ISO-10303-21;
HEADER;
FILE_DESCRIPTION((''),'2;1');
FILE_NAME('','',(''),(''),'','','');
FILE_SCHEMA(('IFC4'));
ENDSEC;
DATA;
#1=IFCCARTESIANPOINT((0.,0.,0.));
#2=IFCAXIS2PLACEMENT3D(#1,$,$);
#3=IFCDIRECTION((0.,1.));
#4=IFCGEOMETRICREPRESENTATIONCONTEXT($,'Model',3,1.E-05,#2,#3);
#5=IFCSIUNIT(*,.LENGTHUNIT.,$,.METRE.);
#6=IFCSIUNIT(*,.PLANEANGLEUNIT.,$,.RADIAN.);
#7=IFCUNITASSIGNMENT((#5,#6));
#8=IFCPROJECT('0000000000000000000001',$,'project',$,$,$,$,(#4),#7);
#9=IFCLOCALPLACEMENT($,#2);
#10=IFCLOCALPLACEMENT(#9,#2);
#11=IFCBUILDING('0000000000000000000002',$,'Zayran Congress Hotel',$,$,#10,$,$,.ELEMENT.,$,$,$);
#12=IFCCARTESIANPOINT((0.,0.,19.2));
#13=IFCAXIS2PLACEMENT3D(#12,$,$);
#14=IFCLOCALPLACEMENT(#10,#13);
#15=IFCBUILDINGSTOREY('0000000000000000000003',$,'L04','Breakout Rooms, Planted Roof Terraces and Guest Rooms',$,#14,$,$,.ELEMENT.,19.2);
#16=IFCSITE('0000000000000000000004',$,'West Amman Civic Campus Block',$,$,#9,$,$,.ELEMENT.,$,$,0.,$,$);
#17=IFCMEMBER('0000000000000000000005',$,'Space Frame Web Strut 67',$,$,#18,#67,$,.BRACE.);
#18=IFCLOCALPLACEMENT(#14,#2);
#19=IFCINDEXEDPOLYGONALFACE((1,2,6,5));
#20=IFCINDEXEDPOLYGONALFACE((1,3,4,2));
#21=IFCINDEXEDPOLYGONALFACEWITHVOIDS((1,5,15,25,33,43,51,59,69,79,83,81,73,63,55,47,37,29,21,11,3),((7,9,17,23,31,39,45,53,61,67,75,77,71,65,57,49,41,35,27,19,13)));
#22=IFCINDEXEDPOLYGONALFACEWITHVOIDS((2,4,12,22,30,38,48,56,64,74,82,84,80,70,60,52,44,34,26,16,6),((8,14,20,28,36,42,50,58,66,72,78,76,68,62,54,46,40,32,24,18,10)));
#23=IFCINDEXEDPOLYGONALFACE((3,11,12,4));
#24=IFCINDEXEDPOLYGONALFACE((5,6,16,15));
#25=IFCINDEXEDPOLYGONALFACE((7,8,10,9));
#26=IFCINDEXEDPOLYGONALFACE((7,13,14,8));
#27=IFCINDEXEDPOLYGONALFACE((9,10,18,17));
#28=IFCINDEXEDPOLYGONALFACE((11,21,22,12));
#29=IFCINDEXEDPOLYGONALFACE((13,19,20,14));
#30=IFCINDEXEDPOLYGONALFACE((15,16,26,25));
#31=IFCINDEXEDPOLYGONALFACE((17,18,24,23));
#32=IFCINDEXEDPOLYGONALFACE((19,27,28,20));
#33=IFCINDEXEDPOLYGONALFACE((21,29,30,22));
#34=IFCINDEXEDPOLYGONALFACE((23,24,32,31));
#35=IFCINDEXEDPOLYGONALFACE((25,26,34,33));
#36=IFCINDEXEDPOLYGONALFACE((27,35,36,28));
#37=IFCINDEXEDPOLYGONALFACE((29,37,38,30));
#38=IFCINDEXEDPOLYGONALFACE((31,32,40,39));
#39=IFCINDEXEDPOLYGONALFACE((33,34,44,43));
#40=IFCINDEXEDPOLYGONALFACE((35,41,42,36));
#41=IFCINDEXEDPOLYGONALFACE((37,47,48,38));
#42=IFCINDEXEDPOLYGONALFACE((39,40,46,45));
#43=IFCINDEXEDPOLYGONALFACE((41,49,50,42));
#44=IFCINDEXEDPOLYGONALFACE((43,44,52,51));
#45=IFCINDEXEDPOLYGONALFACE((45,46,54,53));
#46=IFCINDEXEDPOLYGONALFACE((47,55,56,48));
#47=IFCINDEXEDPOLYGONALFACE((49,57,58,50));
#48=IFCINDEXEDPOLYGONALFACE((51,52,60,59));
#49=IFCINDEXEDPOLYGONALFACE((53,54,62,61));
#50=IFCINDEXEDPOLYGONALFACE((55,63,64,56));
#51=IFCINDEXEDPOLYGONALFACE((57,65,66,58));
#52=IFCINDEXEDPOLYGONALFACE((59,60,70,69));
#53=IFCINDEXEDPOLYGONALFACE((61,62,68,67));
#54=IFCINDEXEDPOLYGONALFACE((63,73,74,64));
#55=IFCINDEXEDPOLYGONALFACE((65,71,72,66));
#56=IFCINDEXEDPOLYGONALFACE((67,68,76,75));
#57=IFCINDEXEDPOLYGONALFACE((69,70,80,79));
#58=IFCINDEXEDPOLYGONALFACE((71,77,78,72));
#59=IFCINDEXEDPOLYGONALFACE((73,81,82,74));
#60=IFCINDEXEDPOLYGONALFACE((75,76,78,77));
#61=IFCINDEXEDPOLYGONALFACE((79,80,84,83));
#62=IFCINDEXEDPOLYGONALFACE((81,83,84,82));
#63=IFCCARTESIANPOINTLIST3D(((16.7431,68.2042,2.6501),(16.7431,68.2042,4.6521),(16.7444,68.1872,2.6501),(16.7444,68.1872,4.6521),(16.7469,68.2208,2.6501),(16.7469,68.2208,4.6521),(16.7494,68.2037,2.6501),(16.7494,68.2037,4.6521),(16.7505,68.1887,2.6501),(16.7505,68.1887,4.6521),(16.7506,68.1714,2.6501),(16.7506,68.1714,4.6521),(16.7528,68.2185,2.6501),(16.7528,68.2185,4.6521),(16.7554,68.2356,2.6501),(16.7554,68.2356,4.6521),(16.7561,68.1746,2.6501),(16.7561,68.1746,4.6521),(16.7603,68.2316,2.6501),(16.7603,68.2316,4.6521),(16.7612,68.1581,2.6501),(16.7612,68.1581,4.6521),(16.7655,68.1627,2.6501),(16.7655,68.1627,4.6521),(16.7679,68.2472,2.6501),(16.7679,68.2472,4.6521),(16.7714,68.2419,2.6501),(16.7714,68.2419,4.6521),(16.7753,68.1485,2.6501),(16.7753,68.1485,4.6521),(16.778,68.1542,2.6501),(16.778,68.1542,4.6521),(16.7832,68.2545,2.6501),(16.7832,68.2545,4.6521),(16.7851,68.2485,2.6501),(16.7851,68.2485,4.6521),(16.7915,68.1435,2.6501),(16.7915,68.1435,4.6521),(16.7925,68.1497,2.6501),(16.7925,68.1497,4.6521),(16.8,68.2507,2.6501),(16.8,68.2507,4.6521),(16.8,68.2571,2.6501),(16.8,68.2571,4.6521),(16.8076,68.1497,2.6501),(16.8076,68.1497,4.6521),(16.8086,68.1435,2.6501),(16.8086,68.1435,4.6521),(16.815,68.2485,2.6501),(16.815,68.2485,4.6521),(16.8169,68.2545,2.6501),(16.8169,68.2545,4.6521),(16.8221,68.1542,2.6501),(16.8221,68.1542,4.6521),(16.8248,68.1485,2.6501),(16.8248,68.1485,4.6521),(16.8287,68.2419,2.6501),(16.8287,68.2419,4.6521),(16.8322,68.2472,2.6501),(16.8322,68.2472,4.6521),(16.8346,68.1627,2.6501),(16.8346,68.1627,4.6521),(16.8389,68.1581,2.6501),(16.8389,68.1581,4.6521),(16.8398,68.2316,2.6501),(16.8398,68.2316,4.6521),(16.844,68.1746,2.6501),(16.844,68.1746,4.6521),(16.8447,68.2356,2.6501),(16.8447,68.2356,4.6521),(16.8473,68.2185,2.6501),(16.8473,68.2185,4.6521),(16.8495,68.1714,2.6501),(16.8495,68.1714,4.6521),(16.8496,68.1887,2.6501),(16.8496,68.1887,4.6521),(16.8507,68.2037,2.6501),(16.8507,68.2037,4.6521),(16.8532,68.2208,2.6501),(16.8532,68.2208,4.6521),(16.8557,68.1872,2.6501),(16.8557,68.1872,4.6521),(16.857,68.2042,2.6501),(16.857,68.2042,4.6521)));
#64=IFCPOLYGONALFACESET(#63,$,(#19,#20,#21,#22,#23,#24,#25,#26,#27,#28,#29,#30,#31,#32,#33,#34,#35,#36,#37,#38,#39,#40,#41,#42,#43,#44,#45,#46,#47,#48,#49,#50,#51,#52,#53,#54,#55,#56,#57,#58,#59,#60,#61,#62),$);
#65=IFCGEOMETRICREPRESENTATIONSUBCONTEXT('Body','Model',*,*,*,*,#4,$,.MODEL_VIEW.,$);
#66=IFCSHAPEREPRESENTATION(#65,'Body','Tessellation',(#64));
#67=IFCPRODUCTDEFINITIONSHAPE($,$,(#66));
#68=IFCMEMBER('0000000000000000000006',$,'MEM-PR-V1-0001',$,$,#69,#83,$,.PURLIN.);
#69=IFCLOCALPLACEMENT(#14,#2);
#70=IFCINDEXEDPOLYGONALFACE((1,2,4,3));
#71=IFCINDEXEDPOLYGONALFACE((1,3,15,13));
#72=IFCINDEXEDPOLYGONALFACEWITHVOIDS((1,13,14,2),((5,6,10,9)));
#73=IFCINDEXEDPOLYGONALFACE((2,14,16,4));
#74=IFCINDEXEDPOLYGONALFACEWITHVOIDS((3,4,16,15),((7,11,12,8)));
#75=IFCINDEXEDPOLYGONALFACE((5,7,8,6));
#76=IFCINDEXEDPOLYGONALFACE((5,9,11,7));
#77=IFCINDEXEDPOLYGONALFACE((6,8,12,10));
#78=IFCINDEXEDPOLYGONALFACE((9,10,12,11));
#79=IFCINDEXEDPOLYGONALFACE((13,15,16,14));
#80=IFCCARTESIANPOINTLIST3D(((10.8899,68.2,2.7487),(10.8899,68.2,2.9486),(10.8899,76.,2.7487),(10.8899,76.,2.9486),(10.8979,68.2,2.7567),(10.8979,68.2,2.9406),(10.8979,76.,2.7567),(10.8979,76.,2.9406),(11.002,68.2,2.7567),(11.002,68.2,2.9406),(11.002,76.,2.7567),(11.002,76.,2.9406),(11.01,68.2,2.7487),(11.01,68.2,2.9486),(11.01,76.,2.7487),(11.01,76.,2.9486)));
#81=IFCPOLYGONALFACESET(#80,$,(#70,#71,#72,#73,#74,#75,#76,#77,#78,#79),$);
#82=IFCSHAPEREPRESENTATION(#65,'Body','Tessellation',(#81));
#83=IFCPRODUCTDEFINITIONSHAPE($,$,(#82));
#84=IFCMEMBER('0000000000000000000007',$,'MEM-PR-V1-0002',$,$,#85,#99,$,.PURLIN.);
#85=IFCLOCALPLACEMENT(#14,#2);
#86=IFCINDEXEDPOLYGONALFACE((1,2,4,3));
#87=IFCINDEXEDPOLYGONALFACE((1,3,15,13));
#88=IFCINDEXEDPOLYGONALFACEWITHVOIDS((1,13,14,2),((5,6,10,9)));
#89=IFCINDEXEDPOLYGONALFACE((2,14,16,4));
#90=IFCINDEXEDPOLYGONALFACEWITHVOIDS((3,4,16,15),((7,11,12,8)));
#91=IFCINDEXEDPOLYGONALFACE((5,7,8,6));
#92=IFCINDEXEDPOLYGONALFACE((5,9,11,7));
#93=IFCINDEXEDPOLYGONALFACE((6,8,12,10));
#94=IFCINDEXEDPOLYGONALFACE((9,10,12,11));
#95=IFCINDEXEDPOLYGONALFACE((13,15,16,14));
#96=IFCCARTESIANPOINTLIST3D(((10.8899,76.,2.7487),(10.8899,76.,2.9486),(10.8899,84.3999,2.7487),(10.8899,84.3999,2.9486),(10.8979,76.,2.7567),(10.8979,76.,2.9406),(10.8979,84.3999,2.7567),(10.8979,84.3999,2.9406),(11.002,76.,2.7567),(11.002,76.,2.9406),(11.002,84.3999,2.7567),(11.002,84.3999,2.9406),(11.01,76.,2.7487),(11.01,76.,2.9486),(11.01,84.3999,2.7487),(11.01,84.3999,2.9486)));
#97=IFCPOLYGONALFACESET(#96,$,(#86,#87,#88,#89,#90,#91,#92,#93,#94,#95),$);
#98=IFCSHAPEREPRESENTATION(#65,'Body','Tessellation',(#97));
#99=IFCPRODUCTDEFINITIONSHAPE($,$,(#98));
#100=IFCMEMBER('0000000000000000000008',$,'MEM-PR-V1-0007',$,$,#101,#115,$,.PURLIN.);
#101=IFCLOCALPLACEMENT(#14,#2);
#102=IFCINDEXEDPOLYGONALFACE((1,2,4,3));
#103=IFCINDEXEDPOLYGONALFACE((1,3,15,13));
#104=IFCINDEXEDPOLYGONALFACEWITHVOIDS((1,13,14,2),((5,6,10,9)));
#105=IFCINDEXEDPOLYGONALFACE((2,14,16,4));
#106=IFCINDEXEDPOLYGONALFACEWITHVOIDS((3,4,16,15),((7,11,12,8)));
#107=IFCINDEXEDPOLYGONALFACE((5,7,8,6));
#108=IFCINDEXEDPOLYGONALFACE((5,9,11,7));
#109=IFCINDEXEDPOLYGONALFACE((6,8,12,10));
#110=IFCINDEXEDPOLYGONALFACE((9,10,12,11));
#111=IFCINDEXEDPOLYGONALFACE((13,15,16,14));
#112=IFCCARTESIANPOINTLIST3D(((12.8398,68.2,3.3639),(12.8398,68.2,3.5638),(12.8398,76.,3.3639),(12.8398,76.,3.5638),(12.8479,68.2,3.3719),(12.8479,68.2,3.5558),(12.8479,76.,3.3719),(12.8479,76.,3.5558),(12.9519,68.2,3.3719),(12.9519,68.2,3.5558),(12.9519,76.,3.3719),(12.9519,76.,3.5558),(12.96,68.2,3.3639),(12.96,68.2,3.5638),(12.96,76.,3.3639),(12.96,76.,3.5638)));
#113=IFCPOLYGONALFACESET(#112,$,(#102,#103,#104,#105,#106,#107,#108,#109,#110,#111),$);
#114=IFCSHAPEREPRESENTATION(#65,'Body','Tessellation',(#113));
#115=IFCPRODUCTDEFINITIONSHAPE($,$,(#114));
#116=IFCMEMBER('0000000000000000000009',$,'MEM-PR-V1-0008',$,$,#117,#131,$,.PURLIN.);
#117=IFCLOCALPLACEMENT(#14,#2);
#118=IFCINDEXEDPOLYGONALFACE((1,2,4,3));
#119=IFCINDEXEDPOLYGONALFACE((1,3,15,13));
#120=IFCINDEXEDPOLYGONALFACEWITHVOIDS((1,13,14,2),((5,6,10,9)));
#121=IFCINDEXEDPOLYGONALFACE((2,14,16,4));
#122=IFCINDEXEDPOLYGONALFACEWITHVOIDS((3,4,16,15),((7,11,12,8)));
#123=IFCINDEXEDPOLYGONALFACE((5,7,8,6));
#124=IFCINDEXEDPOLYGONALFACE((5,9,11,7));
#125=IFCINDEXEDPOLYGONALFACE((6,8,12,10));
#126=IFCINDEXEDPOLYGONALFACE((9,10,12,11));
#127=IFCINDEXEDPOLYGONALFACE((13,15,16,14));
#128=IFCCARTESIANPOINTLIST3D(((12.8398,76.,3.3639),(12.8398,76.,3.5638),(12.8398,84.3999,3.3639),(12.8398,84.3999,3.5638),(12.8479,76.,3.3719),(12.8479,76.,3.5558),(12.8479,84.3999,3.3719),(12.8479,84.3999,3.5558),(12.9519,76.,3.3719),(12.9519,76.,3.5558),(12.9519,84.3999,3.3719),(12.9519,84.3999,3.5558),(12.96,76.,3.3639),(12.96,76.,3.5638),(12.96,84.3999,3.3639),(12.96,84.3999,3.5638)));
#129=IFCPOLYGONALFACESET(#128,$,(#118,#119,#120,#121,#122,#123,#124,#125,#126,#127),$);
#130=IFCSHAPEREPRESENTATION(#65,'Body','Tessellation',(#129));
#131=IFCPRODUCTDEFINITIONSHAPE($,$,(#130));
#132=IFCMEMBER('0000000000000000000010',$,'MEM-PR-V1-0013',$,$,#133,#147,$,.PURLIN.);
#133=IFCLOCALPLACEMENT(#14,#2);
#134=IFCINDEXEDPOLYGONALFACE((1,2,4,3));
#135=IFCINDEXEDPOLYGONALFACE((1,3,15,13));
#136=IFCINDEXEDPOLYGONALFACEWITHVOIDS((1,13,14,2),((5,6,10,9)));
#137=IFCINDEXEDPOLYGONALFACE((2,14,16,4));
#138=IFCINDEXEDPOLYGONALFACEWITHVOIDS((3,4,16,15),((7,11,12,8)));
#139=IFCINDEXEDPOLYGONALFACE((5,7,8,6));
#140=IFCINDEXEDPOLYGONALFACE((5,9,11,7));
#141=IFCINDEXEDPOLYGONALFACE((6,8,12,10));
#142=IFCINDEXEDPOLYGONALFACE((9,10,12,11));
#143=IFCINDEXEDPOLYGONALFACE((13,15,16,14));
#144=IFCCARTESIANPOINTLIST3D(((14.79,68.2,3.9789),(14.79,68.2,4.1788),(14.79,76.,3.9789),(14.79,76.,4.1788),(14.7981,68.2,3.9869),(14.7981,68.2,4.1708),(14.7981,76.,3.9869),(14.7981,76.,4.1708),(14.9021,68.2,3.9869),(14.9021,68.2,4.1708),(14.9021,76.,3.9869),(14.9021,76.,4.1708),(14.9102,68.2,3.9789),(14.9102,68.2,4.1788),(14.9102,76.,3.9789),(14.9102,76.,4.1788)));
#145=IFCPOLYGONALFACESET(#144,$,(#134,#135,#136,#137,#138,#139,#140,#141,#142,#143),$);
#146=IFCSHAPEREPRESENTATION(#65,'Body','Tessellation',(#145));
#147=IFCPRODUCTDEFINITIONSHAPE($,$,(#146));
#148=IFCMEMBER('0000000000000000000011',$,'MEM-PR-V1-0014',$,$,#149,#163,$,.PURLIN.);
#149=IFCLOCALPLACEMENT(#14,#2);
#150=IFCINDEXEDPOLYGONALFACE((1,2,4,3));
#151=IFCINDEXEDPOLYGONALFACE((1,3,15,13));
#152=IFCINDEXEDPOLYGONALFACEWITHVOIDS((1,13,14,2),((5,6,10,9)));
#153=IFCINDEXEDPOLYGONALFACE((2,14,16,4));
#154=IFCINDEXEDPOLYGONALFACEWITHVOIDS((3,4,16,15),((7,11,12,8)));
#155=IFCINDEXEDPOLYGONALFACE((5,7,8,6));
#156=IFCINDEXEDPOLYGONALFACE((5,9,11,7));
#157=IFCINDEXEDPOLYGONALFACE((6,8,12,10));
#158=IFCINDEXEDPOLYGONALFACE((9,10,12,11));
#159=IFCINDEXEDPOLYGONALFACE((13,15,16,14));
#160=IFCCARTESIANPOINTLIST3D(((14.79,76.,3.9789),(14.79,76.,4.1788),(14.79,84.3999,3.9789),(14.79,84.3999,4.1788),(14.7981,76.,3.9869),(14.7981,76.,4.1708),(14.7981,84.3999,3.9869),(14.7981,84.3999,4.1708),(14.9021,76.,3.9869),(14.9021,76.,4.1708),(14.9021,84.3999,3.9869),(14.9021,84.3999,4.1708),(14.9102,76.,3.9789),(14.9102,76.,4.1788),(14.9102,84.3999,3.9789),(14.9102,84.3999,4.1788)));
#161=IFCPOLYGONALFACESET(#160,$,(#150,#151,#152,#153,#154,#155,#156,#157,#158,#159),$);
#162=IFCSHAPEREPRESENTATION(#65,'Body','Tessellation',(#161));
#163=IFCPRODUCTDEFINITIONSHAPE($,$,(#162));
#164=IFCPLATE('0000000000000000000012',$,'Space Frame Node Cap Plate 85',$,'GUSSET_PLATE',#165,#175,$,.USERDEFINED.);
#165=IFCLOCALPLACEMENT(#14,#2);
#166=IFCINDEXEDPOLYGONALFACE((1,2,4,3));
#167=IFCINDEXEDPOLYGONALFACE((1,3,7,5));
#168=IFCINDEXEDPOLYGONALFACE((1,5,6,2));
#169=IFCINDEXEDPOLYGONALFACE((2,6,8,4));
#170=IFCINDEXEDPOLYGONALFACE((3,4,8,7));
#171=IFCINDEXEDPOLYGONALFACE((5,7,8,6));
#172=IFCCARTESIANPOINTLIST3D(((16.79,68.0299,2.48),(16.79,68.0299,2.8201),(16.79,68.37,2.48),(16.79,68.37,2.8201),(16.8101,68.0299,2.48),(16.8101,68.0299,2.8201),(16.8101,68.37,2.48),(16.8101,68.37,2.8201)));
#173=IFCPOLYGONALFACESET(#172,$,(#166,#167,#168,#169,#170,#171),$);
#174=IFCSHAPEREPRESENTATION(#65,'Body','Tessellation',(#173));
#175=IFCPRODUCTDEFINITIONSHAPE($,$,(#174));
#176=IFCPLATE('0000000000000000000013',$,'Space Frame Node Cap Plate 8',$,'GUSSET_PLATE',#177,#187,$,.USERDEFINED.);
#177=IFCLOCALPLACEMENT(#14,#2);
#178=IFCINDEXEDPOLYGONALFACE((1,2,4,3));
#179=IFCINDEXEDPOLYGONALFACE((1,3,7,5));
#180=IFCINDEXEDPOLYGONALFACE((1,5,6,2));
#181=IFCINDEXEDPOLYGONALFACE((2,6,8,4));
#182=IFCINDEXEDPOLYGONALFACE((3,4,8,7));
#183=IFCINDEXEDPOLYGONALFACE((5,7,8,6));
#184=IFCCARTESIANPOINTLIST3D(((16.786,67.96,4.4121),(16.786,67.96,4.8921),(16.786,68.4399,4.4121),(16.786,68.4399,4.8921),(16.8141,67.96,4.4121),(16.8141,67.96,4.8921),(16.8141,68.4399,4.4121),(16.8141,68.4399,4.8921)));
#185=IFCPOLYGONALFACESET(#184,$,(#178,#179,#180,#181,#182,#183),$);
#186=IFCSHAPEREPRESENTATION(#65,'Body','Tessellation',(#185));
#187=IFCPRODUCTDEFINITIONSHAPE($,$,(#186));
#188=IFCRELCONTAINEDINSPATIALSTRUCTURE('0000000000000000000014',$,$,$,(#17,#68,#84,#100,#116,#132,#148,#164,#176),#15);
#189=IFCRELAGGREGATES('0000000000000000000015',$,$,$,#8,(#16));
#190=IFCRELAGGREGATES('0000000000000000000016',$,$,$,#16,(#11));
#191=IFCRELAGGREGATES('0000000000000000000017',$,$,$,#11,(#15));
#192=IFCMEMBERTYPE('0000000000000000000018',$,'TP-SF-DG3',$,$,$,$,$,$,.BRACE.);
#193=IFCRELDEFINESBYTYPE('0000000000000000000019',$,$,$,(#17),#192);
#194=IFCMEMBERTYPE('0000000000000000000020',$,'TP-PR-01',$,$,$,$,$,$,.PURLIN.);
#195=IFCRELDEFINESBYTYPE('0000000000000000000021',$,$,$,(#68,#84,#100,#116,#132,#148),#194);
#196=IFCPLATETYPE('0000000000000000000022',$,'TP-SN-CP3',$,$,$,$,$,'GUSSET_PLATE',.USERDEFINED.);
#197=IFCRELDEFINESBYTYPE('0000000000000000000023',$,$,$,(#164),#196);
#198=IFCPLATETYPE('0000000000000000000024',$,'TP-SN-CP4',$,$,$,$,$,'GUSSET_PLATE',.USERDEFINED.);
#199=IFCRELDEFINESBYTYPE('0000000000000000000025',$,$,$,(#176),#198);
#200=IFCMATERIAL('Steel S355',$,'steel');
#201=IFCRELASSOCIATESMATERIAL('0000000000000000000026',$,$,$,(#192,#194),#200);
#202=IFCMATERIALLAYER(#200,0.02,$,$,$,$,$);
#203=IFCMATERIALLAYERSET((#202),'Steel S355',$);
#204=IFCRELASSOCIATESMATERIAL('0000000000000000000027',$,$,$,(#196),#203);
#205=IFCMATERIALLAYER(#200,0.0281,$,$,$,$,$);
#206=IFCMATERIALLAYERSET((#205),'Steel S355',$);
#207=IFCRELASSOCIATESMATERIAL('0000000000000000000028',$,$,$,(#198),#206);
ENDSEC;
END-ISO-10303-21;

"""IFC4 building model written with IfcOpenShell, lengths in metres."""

from ifc_helpers import new_model, si_unit, direction, frame, origin, origin_2d, place, context, subcontext, project, spatial, rectangle, hollow_rectangle, hollow_circle, extrude, material, layer, layer_set, material_profile, profile_set, type_object, element, save


model = new_model("IFC4")

# Units and contexts
model_context = context("Model", 3, precision=1e-05, world=origin(), true_north=direction((0.0, 1.0)))
body_context = subcontext(model_context, "Body", "Model", "MODEL_VIEW")
ifc_project = project(units=[si_unit("LENGTHUNIT", "METRE"), si_unit("PLANEANGLEUNIT", "RADIAN")], contexts=[model_context])

# Site, building, storey
site_placement = place(None, origin())
site = spatial("IfcSite", under=ifc_project, at=site_placement, Name="West Amman Civic Campus Block", CompositionType="ELEMENT", RefElevation=0.0)
building_placement = place(site_placement, origin())
building = spatial("IfcBuilding", under=site, at=building_placement, Name="Zayran Congress Hotel", CompositionType="ELEMENT")
storey_placement = place(building_placement, frame((0.0, 0.0, 19.2)))
storey = spatial("IfcBuildingStorey", under=building, at=storey_placement, Name="L04", Description="Breakout Rooms, Planted Roof Terraces and Guest Rooms", CompositionType="ELEMENT", Elevation=19.2)

# Shared definitions
ifc_material_1 = material(Name="Steel S355", Category="steel")

# Members
ifc_material_profile_1 = material_profile(ifc_material_1, hollow_circle(Radius=0.0571, WallThickness=0.0063, at=origin_2d()), Name="CHS 114.3x6.3")
ifc_profile_set_1 = profile_set([ifc_material_profile_1], Name="Steel S355")
member_type_1 = type_object("IfcMemberType", Name="TP-SF-DG3", PredefinedType="BRACE", material=ifc_profile_set_1)
member_1_placement = place(storey_placement, frame((16.8, 68.2, 2.6501), z_axis=(0.0, 0.0, 1.0), x_axis=(0.0, 1.0, 0.0)))
element("IfcMember", 1, at=member_1_placement, inside=storey, type_object=member_type_1, Name="Space Frame Web Strut 67", PredefinedType="BRACE", context=body_context, shape_type="SweptSolid", body=[
    extrude(hollow_circle(Radius=0.0571, WallThickness=0.0063, at=origin_2d()), origin(), (0.0, 0.0, 1.0), 2.002),
])
ifc_material_profile_2 = material_profile(ifc_material_1, hollow_rectangle(XDim=0.1201, YDim=0.2, WallThickness=0.0081, at=origin_2d()), Name="RHS 200x120x8")
ifc_profile_set_2 = profile_set([ifc_material_profile_2], Name="Steel S355")
member_type_2 = type_object("IfcMemberType", Name="TP-PR-01", PredefinedType="PURLIN", material=ifc_profile_set_2)
member_2_placement = place(storey_placement, frame((10.95, 68.2, 2.8486), z_axis=(0.0, 1.0, 0.0), x_axis=(-1.0, 0.0, 0.0)))
element("IfcMember", 2, at=member_2_placement, inside=storey, type_object=member_type_2, Name="MEM-PR-V1-0001", PredefinedType="PURLIN", context=body_context, shape_type="SweptSolid", body=[
    extrude(hollow_rectangle(XDim=0.1201, YDim=0.2, WallThickness=0.0081, at=origin_2d()), origin(), (0.0, 0.0, 1.0), 7.8),
])
member_3_placement = place(storey_placement, frame((10.95, 76.0, 2.8486), z_axis=(0.0, 1.0, 0.0), x_axis=(-1.0, 0.0, 0.0)))
element("IfcMember", 3, at=member_3_placement, inside=storey, type_object=member_type_2, Name="MEM-PR-V1-0002", PredefinedType="PURLIN", context=body_context, shape_type="SweptSolid", body=[
    extrude(hollow_rectangle(XDim=0.1201, YDim=0.2, WallThickness=0.0081, at=origin_2d()), origin(), (0.0, 0.0, 1.0), 8.3999),
])
member_4_placement = place(storey_placement, frame((12.8999, 68.2, 3.4639), z_axis=(0.0, 1.0, 0.0), x_axis=(-1.0, 0.0, 0.0)))
element("IfcMember", 4, at=member_4_placement, inside=storey, type_object=member_type_2, Name="MEM-PR-V1-0007", PredefinedType="PURLIN", context=body_context, shape_type="SweptSolid", body=[
    extrude(hollow_rectangle(XDim=0.1201, YDim=0.2, WallThickness=0.0081, at=origin_2d()), origin(), (0.0, 0.0, 1.0), 7.8),
])
member_5_placement = place(storey_placement, frame((12.8999, 76.0, 3.4639), z_axis=(0.0, 1.0, 0.0), x_axis=(-1.0, 0.0, 0.0)))
element("IfcMember", 5, at=member_5_placement, inside=storey, type_object=member_type_2, Name="MEM-PR-V1-0008", PredefinedType="PURLIN", context=body_context, shape_type="SweptSolid", body=[
    extrude(hollow_rectangle(XDim=0.1201, YDim=0.2, WallThickness=0.0081, at=origin_2d()), origin(), (0.0, 0.0, 1.0), 8.3999),
])
member_6_placement = place(storey_placement, frame((14.8501, 68.2, 4.0789), z_axis=(0.0, 1.0, 0.0), x_axis=(-1.0, 0.0, 0.0)))
element("IfcMember", 6, at=member_6_placement, inside=storey, type_object=member_type_2, Name="MEM-PR-V1-0013", PredefinedType="PURLIN", context=body_context, shape_type="SweptSolid", body=[
    extrude(hollow_rectangle(XDim=0.1201, YDim=0.2, WallThickness=0.0081, at=origin_2d()), origin(), (0.0, 0.0, 1.0), 7.8),
])
member_7_placement = place(storey_placement, frame((14.8501, 76.0, 4.0789), z_axis=(0.0, 1.0, 0.0), x_axis=(-1.0, 0.0, 0.0)))
element("IfcMember", 7, at=member_7_placement, inside=storey, type_object=member_type_2, Name="MEM-PR-V1-0014", PredefinedType="PURLIN", context=body_context, shape_type="SweptSolid", body=[
    extrude(hollow_rectangle(XDim=0.1201, YDim=0.2, WallThickness=0.0081, at=origin_2d()), origin(), (0.0, 0.0, 1.0), 8.3999),
])

# Plates
ifc_layer_1 = layer(ifc_material_1, 0.02)
ifc_layer_set_1 = layer_set([ifc_layer_1], Name="Steel S355")
plate_type_1 = type_object("IfcPlateType", Name="TP-SN-CP3", ElementType="GUSSET_PLATE", PredefinedType="USERDEFINED", material=ifc_layer_set_1)
plate_1_placement = place(storey_placement, frame((16.8, 68.2, 2.48), z_axis=(0.0, 0.0, 1.0), x_axis=(0.0, 1.0, 0.0)))
element("IfcPlate", 8, at=plate_1_placement, inside=storey, type_object=plate_type_1, Name="Space Frame Node Cap Plate 85", ObjectType="GUSSET_PLATE", PredefinedType="USERDEFINED", context=body_context, shape_type="SweptSolid", body=[
    extrude(rectangle(XDim=0.3401, YDim=0.02, at=origin_2d()), origin(), (0.0, 0.0, 1.0), 0.3401),
])
ifc_layer_2 = layer(ifc_material_1, 0.0281)
ifc_layer_set_2 = layer_set([ifc_layer_2], Name="Steel S355")
plate_type_2 = type_object("IfcPlateType", Name="TP-SN-CP4", ElementType="GUSSET_PLATE", PredefinedType="USERDEFINED", material=ifc_layer_set_2)
plate_2_placement = place(storey_placement, frame((16.8, 68.2, 4.4121), z_axis=(0.0, 0.0, 1.0), x_axis=(0.0, 1.0, 0.0)))
element("IfcPlate", 9, at=plate_2_placement, inside=storey, type_object=plate_type_2, Name="Space Frame Node Cap Plate 8", ObjectType="GUSSET_PLATE", PredefinedType="USERDEFINED", context=body_context, shape_type="SweptSolid", body=[
    extrude(rectangle(XDim=0.48, YDim=0.0281, at=origin_2d()), origin(), (0.0, 0.0, 1.0), 0.48),
])

save(model, "model.ifc")
